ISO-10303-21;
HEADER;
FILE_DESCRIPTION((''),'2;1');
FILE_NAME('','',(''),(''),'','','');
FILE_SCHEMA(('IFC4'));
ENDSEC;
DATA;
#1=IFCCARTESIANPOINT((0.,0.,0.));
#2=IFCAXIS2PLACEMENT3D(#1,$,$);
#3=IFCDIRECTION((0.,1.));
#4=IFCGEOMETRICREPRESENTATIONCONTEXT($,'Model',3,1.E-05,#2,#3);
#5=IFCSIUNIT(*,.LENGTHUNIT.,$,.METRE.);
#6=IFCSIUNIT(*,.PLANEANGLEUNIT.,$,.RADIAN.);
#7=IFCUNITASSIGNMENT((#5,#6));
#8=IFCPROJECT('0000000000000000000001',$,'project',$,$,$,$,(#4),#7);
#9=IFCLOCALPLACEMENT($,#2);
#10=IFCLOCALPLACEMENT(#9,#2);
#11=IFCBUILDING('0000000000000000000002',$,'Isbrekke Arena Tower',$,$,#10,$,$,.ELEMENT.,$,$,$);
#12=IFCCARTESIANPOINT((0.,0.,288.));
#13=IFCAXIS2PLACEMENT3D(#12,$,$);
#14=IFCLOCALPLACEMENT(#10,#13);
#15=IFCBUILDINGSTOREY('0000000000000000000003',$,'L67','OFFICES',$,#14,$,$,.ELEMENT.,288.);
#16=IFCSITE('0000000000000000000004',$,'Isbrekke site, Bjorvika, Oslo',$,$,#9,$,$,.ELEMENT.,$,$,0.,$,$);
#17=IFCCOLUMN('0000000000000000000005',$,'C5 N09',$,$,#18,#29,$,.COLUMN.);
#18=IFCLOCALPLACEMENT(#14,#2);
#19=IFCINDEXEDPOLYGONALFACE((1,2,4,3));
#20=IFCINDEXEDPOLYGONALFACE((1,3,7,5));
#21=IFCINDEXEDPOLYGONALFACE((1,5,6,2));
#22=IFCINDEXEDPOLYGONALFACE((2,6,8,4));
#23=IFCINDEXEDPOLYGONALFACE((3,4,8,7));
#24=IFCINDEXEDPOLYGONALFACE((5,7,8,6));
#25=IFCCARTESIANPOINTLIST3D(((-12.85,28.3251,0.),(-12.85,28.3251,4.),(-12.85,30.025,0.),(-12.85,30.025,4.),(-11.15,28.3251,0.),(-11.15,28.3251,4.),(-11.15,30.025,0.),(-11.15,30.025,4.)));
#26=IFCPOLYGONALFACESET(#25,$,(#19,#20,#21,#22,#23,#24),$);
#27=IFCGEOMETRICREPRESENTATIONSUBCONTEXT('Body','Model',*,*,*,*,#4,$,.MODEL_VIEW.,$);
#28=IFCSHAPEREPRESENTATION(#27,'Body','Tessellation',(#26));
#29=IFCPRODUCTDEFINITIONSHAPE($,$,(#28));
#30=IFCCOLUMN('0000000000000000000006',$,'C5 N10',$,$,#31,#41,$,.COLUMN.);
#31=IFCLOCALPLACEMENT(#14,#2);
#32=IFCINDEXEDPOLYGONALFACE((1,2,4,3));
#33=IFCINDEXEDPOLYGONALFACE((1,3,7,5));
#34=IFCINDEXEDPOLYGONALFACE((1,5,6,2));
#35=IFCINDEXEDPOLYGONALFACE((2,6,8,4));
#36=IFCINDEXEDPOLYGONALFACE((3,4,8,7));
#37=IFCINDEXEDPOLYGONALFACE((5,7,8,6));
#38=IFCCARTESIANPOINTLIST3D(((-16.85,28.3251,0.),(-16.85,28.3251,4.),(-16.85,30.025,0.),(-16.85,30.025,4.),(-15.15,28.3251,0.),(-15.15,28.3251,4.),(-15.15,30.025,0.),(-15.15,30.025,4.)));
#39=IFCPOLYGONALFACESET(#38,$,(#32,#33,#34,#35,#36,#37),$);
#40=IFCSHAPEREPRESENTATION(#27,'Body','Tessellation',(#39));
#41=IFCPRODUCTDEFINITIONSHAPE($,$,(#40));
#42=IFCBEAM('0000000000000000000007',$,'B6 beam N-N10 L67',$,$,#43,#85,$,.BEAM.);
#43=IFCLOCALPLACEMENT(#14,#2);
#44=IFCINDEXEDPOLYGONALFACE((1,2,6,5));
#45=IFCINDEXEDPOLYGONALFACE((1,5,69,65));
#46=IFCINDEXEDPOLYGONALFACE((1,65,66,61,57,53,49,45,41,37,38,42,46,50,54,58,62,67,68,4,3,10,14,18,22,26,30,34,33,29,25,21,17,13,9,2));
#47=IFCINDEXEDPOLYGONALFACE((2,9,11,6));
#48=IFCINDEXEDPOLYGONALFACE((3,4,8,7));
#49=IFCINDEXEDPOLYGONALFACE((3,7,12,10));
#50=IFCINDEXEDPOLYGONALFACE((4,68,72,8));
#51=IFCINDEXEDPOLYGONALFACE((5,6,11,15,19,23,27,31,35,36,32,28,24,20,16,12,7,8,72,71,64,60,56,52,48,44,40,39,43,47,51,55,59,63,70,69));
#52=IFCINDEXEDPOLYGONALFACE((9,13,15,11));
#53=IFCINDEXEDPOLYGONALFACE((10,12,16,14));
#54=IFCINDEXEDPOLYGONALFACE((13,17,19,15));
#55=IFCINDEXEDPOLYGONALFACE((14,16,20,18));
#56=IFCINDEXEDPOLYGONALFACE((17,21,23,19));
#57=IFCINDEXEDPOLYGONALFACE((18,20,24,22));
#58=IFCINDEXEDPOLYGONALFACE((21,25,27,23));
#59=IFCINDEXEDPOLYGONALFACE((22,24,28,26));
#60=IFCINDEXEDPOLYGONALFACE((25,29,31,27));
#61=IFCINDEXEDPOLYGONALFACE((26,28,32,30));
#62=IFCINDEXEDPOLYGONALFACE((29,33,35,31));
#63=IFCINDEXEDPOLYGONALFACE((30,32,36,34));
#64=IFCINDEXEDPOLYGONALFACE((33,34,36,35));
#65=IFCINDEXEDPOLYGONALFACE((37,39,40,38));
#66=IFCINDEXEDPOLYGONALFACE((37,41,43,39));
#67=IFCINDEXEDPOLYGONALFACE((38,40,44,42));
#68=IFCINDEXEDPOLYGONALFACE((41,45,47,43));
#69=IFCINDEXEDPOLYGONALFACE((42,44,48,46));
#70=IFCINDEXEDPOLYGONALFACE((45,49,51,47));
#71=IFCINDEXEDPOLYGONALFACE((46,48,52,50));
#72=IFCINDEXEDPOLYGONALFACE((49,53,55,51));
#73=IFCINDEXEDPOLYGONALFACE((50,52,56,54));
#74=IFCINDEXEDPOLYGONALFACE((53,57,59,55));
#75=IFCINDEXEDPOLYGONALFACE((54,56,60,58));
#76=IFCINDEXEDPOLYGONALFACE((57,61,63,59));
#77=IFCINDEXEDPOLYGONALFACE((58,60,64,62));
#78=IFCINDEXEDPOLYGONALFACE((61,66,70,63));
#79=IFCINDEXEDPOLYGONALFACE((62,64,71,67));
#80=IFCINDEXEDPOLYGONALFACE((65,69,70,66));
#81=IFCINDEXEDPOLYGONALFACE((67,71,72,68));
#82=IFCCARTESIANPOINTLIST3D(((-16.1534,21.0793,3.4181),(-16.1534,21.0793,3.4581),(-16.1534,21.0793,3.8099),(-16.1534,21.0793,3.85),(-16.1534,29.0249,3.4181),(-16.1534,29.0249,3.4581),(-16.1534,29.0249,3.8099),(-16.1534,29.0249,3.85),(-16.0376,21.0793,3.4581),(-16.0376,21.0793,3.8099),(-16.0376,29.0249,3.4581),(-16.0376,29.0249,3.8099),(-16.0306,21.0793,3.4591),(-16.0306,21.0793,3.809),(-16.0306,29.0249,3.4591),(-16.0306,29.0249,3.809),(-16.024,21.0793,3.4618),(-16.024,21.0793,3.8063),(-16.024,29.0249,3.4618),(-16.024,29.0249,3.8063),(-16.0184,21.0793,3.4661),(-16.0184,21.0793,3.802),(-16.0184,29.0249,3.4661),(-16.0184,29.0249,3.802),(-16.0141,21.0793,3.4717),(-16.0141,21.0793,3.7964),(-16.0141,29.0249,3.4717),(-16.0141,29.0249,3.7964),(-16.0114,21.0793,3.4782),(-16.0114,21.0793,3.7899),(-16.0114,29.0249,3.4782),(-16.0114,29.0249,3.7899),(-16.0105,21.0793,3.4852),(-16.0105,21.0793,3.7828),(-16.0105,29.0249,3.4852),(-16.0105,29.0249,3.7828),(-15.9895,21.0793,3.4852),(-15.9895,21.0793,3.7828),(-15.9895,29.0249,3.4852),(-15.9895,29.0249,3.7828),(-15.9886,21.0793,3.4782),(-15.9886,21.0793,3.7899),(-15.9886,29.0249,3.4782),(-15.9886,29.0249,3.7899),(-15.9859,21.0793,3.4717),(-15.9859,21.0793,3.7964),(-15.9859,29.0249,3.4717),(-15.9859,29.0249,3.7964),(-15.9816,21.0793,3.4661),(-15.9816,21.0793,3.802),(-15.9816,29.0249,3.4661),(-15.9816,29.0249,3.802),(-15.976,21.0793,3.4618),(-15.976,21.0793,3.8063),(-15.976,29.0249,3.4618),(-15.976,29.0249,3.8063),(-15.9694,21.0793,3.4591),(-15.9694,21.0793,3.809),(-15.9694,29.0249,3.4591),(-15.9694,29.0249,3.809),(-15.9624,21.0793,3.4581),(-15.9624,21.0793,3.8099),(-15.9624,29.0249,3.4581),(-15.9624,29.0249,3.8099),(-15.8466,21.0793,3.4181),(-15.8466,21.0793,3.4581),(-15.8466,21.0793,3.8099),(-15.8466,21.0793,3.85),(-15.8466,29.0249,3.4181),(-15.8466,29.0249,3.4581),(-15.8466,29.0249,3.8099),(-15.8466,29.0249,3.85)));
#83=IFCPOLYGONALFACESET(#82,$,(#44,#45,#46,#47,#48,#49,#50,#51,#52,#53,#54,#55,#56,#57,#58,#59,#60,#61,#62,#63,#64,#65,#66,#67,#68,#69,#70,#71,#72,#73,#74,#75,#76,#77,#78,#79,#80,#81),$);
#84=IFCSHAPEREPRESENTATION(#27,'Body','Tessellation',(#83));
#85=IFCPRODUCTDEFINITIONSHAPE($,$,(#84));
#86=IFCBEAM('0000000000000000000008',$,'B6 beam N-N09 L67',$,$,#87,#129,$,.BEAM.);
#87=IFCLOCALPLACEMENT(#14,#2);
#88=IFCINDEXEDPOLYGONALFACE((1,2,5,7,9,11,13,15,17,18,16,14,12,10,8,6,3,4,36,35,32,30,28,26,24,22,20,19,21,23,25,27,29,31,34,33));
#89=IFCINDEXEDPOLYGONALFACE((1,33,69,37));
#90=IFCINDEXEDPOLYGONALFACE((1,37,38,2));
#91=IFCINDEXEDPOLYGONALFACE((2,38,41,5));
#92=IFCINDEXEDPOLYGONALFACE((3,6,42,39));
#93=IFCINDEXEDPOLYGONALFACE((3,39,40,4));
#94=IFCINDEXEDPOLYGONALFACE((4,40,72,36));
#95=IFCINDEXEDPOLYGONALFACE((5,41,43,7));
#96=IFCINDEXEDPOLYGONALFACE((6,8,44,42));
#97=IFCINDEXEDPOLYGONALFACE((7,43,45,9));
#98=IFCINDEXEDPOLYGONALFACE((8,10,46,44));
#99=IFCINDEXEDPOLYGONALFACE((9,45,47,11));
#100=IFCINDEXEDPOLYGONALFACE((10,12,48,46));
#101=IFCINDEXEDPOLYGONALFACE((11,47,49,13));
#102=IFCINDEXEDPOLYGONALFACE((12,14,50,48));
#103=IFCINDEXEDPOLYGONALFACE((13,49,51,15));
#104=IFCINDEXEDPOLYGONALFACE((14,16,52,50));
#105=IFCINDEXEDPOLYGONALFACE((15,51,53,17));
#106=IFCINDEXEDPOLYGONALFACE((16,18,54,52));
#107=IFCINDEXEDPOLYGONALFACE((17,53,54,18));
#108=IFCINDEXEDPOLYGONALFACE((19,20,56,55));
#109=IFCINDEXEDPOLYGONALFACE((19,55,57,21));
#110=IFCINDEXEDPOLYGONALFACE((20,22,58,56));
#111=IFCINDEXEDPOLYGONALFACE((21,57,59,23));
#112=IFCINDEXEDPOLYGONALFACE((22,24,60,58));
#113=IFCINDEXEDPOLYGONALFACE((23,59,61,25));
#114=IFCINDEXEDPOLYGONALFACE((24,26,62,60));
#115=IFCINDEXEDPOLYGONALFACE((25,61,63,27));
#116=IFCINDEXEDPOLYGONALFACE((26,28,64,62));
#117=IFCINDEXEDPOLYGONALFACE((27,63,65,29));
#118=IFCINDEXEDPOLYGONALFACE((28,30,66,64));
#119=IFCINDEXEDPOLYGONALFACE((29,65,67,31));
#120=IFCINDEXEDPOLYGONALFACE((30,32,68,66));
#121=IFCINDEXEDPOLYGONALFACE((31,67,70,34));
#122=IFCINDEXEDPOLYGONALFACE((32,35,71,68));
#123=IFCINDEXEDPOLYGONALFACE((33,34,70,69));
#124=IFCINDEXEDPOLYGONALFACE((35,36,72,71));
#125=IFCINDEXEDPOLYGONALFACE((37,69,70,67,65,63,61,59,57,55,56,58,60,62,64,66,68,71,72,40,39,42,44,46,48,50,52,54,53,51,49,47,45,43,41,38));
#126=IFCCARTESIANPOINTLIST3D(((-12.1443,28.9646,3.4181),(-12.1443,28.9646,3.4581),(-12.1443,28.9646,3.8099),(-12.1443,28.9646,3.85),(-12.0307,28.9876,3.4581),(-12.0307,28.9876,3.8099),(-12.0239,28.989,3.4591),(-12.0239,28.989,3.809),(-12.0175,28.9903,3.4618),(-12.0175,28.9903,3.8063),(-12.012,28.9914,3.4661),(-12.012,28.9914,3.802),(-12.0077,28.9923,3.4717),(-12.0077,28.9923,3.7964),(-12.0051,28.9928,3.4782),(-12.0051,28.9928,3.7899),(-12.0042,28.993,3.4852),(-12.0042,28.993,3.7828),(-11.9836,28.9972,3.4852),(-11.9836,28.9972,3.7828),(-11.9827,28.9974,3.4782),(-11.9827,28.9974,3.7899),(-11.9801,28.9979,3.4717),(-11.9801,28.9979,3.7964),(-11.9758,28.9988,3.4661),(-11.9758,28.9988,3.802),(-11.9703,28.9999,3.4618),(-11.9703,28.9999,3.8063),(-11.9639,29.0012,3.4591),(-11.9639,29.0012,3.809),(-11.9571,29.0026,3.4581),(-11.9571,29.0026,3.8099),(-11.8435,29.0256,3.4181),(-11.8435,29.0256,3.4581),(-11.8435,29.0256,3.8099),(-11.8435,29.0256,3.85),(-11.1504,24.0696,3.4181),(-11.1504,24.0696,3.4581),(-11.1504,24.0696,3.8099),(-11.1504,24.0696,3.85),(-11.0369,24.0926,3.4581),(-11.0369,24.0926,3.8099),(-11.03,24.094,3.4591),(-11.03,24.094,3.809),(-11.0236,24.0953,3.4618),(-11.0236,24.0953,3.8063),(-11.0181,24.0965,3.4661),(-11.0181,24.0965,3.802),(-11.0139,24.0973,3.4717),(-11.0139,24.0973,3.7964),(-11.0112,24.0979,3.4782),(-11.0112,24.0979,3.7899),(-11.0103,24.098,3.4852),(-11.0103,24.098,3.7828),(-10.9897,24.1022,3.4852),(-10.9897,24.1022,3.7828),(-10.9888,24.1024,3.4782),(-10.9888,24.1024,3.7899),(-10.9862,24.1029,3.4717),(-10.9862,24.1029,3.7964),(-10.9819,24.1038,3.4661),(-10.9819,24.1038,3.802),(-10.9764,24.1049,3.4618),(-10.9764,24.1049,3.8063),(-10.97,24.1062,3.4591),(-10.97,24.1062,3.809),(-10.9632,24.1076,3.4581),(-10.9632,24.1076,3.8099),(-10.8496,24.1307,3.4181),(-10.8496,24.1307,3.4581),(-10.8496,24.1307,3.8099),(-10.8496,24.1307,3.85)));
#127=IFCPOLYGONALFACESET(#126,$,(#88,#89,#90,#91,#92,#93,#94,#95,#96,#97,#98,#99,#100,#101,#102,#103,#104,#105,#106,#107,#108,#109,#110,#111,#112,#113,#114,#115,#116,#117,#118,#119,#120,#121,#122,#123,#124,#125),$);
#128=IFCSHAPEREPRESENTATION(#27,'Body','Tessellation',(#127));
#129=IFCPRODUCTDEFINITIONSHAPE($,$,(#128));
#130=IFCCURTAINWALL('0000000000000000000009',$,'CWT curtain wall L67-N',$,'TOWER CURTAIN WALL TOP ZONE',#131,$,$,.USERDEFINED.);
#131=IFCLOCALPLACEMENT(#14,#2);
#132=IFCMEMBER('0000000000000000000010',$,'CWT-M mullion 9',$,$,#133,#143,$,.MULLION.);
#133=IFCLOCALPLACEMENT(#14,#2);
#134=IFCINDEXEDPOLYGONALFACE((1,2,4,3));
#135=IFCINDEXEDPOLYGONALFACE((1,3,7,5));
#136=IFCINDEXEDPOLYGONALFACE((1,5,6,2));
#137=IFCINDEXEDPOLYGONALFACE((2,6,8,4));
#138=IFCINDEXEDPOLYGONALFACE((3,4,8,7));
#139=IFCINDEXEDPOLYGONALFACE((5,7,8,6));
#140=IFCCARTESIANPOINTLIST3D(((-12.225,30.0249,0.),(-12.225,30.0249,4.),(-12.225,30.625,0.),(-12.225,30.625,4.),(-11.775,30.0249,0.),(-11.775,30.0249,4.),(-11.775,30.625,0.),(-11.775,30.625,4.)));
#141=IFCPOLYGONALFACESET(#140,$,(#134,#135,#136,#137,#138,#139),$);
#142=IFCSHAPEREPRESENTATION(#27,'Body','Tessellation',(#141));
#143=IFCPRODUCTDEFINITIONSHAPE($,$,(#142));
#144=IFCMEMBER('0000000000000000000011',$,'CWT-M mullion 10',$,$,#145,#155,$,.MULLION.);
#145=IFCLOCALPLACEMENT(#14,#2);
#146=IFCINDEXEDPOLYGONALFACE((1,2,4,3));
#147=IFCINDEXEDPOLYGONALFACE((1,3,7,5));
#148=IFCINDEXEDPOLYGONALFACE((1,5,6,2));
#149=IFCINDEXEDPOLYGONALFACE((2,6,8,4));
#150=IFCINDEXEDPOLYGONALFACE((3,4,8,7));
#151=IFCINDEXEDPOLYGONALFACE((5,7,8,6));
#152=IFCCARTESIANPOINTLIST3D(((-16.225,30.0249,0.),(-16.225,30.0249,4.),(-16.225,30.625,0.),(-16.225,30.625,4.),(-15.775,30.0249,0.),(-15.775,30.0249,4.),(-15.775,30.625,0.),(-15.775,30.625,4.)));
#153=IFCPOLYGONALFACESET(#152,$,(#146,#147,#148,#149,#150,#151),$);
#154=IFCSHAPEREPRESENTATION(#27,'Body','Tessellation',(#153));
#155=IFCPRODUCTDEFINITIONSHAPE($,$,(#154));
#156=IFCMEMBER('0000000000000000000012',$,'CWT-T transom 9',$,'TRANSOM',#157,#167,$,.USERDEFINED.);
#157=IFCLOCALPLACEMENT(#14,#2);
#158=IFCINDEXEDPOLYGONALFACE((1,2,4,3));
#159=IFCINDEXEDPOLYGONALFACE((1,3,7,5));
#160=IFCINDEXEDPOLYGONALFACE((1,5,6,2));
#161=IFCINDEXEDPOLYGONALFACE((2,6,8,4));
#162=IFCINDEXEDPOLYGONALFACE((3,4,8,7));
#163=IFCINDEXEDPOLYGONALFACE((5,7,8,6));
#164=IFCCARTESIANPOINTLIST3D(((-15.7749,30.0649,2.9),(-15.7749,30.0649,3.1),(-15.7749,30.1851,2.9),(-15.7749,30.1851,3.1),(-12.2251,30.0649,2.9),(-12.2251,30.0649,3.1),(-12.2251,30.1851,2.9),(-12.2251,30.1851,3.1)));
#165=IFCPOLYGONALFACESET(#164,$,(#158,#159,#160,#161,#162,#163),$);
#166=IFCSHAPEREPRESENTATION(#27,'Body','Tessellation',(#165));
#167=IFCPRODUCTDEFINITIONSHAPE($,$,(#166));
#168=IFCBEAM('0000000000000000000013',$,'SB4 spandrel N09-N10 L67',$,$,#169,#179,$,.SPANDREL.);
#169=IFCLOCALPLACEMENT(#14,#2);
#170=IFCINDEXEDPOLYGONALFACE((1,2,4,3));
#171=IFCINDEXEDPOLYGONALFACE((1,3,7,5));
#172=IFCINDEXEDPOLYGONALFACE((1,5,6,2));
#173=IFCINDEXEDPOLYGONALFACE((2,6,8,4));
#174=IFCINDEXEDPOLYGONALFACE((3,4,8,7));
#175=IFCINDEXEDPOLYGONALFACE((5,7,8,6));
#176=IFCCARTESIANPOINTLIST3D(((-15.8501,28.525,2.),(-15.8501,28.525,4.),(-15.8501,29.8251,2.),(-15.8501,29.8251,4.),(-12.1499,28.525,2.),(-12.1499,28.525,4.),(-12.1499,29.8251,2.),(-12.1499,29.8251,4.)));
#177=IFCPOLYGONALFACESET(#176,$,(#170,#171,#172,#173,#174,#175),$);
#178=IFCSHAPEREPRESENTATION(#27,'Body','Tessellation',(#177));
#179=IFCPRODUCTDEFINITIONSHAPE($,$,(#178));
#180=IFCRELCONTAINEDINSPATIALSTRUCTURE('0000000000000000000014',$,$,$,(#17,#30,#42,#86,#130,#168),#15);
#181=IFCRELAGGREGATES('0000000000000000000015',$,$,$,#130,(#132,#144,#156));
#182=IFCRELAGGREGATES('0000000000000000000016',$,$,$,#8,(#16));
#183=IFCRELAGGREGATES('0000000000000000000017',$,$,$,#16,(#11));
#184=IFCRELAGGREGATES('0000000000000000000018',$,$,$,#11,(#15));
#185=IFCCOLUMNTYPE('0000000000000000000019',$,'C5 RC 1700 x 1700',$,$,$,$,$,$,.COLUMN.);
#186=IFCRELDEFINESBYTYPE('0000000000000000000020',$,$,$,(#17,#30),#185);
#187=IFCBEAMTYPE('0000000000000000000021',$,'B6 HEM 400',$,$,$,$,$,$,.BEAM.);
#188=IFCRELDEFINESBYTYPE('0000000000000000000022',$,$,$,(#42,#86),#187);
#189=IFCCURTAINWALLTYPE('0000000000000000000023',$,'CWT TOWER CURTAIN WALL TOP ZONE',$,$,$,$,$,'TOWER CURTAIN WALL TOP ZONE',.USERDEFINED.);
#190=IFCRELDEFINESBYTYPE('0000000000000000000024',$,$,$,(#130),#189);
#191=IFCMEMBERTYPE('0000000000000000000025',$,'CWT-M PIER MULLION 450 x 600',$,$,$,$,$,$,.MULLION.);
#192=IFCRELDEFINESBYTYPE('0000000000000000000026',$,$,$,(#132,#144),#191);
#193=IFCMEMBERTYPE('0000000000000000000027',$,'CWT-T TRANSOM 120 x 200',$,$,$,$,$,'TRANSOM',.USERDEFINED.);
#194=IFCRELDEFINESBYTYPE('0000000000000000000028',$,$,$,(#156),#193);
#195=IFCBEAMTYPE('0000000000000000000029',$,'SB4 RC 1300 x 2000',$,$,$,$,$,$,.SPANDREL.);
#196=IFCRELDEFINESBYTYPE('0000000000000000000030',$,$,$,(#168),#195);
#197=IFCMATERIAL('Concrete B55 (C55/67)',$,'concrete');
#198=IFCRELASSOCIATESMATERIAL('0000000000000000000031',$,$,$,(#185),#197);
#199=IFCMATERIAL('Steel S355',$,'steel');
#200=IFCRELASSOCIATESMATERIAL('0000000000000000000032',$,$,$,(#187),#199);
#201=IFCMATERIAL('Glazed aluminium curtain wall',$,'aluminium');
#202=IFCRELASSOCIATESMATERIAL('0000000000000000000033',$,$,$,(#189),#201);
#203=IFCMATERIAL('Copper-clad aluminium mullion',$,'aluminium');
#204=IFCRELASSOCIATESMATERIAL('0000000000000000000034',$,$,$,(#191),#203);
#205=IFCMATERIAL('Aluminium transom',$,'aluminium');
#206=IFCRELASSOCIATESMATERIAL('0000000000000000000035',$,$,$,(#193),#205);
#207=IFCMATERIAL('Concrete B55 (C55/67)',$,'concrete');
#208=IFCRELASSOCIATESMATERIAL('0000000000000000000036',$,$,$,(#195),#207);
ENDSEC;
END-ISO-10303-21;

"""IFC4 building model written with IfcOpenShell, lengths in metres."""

from ifc_helpers import new_model, si_unit, direction, frame, origin, origin_2d, place, context, subcontext, project, spatial, rectangle, i_section, extrude, material, material_profile, profile_set, type_object, element, aggregate, save


model = new_model("IFC4")

# Units and contexts
model_context = context("Model", 3, precision=1e-05, world=origin(), true_north=direction((0.0, 1.0)))
body_context = subcontext(model_context, "Body", "Model", "MODEL_VIEW")
ifc_project = project(units=[si_unit("LENGTHUNIT", "METRE"), si_unit("PLANEANGLEUNIT", "RADIAN")], contexts=[model_context])

# Site, building, storey
site_placement = place(None, origin())
site = spatial("IfcSite", under=ifc_project, at=site_placement, Name="Isbrekke site, Bjorvika, Oslo", CompositionType="ELEMENT", RefElevation=0.0)
building_placement = place(site_placement, origin())
building = spatial("IfcBuilding", under=site, at=building_placement, Name="Isbrekke Arena Tower", CompositionType="ELEMENT")
storey_placement = place(building_placement, frame((0.0, 0.0, 288.0)))
storey = spatial("IfcBuildingStorey", under=building, at=storey_placement, Name="L67", Description="OFFICES", CompositionType="ELEMENT", Elevation=288.0)

# Columns
ifc_material_1 = material(Name="Concrete B55 (C55/67)", Category="concrete")
ifc_material_profile_1 = material_profile(ifc_material_1, rectangle(XDim=1.7, YDim=1.7, at=origin_2d()), Name="RC 1700x1700")
ifc_profile_set_1 = profile_set([ifc_material_profile_1], Name="Concrete B55 (C55/67)")
column_type = type_object("IfcColumnType", Name="C5 RC 1700 x 1700", PredefinedType="COLUMN", material=ifc_profile_set_1)
for number, where, z_axis, x_axis, name in (
    (1, (-12.0, 29.175, 0.0), (0.0, 0.0, 1.0), (-1.0, 0.0, 0.0), "C5 N09"),
    (2, (-16.0, 29.175, 0.0), (0.0, 0.0, 1.0), (-1.0, 0.0, 0.0), "C5 N10"),
):
    element("IfcColumn", number, at=place(storey_placement, frame(where, z_axis=z_axis, x_axis=x_axis)), inside=storey, type_object=column_type, Name=name, PredefinedType="COLUMN", context=body_context, shape_type="SweptSolid", body=[
        extrude(rectangle(XDim=1.7, YDim=1.7, at=origin_2d()), origin(), (0.0, 0.0, 1.0), 4.0),
    ])

# Beams
ifc_material_2 = material(Name="Steel S355", Category="steel")
ifc_material_profile_2 = material_profile(ifc_material_2, i_section(OverallWidth=0.3069, OverallDepth=0.4319, WebThickness=0.021, FlangeThickness=0.04, FilletRadius=0.0271, at=origin_2d()), Name="HEM 400")
ifc_profile_set_2 = profile_set([ifc_material_profile_2], Name="Steel S355")
beam_type_1 = type_object("IfcBeamType", Name="B6 HEM 400", PredefinedType="BEAM", material=ifc_profile_set_2)
beam_1_placement = place(storey_placement, frame((-16.0, 29.0249, 3.634), z_axis=(0.0, -1.0, 0.0), x_axis=(1.0, 0.0, 0.0)))
element("IfcBeam", 3, at=beam_1_placement, inside=storey, type_object=beam_type_1, Name="B6 beam N-N10 L67", PredefinedType="BEAM", context=body_context, shape_type="SweptSolid", body=[
    extrude(i_section(OverallWidth=0.3069, OverallDepth=0.4319, WebThickness=0.021, FlangeThickness=0.04, FilletRadius=0.0271, at=origin_2d()), origin(), (0.0, 0.0, 1.0), 7.9456),
])
beam_2_placement = place(storey_placement, frame((-11.9939, 28.9951, 3.634), z_axis=(0.198982, -0.980003, 0.0), x_axis=(0.980003, 0.198982, 0.0)))
element("IfcBeam", 4, at=beam_2_placement, inside=storey, type_object=beam_type_1, Name="B6 beam N-N09 L67", PredefinedType="BEAM", context=body_context, shape_type="SweptSolid", body=[
    extrude(i_section(OverallWidth=0.3069, OverallDepth=0.4319, WebThickness=0.021, FlangeThickness=0.04, FilletRadius=0.0271, at=origin_2d()), origin(), (0.0, 0.0, 1.0), 4.9949),
])

# Curtain wall, members
ifc_material_3 = material(Name="Glazed aluminium curtain wall", Category="aluminium")
curtain_wall_type = type_object("IfcCurtainWallType", Name="CWT TOWER CURTAIN WALL TOP ZONE", ElementType="TOWER CURTAIN WALL TOP ZONE", PredefinedType="USERDEFINED", material=ifc_material_3)
curtain_wall_placement = place(storey_placement, origin())
curtain_wall = element("IfcCurtainWall", 5, at=curtain_wall_placement, inside=storey, type_object=curtain_wall_type, Name="CWT curtain wall L67-N", ObjectType="TOWER CURTAIN WALL TOP ZONE", PredefinedType="USERDEFINED")
ifc_material_4 = material(Name="Copper-clad aluminium mullion", Category="aluminium")
ifc_material_profile_3 = material_profile(ifc_material_4, rectangle(XDim=0.45, YDim=0.6001, at=origin_2d()), Name="PIER 450X600")
ifc_profile_set_3 = profile_set([ifc_material_profile_3], Name="Copper-clad aluminium mullion")
member_type_1 = type_object("IfcMemberType", Name="CWT-M PIER MULLION 450 x 600", PredefinedType="MULLION", material=ifc_profile_set_3)
member_1_placement = place(storey_placement, frame((-12.0, 30.325, 0.0), z_axis=(0.0, 0.0, 1.0), x_axis=(-1.0, 0.0, 0.0)))
member_1 = element("IfcMember", 6, at=member_1_placement, type_object=member_type_1, Name="CWT-M mullion 9", PredefinedType="MULLION", context=body_context, shape_type="SweptSolid", body=[
    extrude(rectangle(XDim=0.45, YDim=0.6001, at=origin_2d()), origin(), (0.0, 0.0, 1.0), 4.0),
])
member_2_placement = place(storey_placement, frame((-16.0, 30.325, 0.0), z_axis=(0.0, 0.0, 1.0), x_axis=(-1.0, 0.0, 0.0)))
member_2 = element("IfcMember", 7, at=member_2_placement, type_object=member_type_1, Name="CWT-M mullion 10", PredefinedType="MULLION", context=body_context, shape_type="SweptSolid", body=[
    extrude(rectangle(XDim=0.45, YDim=0.6001, at=origin_2d()), origin(), (0.0, 0.0, 1.0), 4.0),
])
ifc_material_5 = material(Name="Aluminium transom", Category="aluminium")
ifc_material_profile_4 = material_profile(ifc_material_5, rectangle(XDim=0.1201, YDim=0.2, at=origin_2d()), Name="TRANSOM 120X200")
ifc_profile_set_4 = profile_set([ifc_material_profile_4], Name="Aluminium transom")
member_type_2 = type_object("IfcMemberType", Name="CWT-T TRANSOM 120 x 200", ElementType="TRANSOM", PredefinedType="USERDEFINED", material=ifc_profile_set_4)
member_3_placement = place(storey_placement, frame((-12.2251, 30.125, 3.0), z_axis=(-1.0, 0.0, 0.0), x_axis=(0.0, -1.0, 0.0)))
member_3 = element("IfcMember", 8, at=member_3_placement, type_object=member_type_2, Name="CWT-T transom 9", ObjectType="TRANSOM", PredefinedType="USERDEFINED", context=body_context, shape_type="SweptSolid", body=[
    extrude(rectangle(XDim=0.1201, YDim=0.2, at=origin_2d()), origin(), (0.0, 0.0, 1.0), 3.5498),
])

# Beam
ifc_material_6 = material(Name="Concrete B55 (C55/67)", Category="concrete")
ifc_material_profile_5 = material_profile(ifc_material_6, rectangle(XDim=1.3, YDim=2.0, at=origin_2d()), Name="RC 1300x2000")
ifc_profile_set_5 = profile_set([ifc_material_profile_5], Name="Concrete B55 (C55/67)")
beam_type_2 = type_object("IfcBeamType", Name="SB4 RC 1300 x 2000", PredefinedType="SPANDREL", material=ifc_profile_set_5)
beam_3_placement = place(storey_placement, frame((-12.1499, 29.175, 3.0), z_axis=(-1.0, 0.0, 0.0), x_axis=(0.0, -1.0, 0.0)))
element("IfcBeam", 9, at=beam_3_placement, inside=storey, type_object=beam_type_2, Name="SB4 spandrel N09-N10 L67", PredefinedType="SPANDREL", context=body_context, shape_type="SweptSolid", body=[
    extrude(rectangle(XDim=1.3, YDim=2.0, at=origin_2d()), origin(), (0.0, 0.0, 1.0), 3.7002),
])

aggregate(curtain_wall, [member_1, member_2, member_3])

save(model, "model.ifc")
